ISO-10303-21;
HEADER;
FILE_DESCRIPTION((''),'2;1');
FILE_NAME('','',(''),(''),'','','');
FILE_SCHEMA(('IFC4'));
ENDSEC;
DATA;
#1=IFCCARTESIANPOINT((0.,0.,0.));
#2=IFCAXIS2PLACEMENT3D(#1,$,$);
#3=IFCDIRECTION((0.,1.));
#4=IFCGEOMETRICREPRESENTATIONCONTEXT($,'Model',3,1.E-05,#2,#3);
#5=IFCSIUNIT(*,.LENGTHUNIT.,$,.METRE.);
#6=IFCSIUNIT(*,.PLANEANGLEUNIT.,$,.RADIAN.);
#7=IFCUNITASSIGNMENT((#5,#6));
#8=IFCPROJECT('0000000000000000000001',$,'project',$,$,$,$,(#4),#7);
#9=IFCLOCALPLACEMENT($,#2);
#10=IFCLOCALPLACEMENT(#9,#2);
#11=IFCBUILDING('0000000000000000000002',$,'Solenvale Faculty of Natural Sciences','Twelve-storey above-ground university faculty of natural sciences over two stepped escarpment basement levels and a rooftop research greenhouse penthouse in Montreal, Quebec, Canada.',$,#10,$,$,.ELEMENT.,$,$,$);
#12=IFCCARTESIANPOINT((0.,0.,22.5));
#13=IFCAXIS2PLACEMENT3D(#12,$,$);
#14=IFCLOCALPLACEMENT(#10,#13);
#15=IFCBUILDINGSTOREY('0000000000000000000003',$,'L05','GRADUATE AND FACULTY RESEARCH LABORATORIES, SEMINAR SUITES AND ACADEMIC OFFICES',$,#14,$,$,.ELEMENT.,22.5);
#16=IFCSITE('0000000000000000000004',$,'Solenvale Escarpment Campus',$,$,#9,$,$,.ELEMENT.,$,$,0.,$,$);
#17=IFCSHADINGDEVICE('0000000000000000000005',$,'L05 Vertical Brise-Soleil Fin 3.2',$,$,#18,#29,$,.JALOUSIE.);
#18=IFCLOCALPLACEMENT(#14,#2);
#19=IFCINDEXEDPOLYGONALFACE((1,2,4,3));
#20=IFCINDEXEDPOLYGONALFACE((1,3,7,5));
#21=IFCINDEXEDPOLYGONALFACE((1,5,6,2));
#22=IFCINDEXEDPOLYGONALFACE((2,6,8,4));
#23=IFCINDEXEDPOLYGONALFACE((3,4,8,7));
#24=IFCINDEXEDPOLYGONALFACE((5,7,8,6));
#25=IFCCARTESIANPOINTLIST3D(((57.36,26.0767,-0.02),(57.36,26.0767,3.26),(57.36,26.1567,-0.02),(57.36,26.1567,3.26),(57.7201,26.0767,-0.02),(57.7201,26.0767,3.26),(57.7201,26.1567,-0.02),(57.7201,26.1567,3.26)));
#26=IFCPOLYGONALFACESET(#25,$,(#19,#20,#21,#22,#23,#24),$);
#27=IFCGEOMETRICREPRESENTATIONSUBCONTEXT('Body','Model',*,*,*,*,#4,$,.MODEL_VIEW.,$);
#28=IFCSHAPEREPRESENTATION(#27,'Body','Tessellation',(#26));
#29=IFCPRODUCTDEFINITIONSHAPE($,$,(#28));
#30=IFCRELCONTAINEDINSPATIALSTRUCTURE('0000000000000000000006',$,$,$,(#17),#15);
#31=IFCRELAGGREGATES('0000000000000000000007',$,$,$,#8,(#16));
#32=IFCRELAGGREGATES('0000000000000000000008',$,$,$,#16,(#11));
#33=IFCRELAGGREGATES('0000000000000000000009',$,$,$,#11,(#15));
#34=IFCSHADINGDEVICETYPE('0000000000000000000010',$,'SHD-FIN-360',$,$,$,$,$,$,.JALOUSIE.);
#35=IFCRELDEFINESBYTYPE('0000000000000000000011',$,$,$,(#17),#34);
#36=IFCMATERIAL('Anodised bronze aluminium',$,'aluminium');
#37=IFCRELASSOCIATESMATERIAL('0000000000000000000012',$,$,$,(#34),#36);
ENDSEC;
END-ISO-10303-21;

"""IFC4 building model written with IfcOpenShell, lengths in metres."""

from ifc_helpers import new_model, si_unit, direction, frame, origin, origin_2d, place, context, subcontext, project, spatial, rectangle, extrude, material, material_profile, profile_set, type_object, element, save


model = new_model("IFC4")

# Units and contexts
model_context = context("Model", 3, precision=1e-05, world=origin(), true_north=direction((0.0, 1.0)))
body_context = subcontext(model_context, "Body", "Model", "MODEL_VIEW")
ifc_project = project(units=[si_unit("LENGTHUNIT", "METRE"), si_unit("PLANEANGLEUNIT", "RADIAN")], contexts=[model_context])

# Site, building, storey
site_placement = place(None, origin())
site = spatial("IfcSite", under=ifc_project, at=site_placement, Name="Solenvale Escarpment Campus", CompositionType="ELEMENT", RefElevation=0.0)
building_placement = place(site_placement, origin())
building = spatial("IfcBuilding", under=site, at=building_placement, Name="Solenvale Faculty of Natural Sciences", Description="Twelve-storey above-ground university faculty of natural sciences over two stepped escarpment basement levels and a rooftop research greenhouse penthouse in Montreal, Quebec, Canada.", CompositionType="ELEMENT")
storey_placement = place(building_placement, frame((0.0, 0.0, 22.5)))
storey = spatial("IfcBuildingStorey", under=building, at=storey_placement, Name="L05", Description="GRADUATE AND FACULTY RESEARCH LABORATORIES, SEMINAR SUITES AND ACADEMIC OFFICES", CompositionType="ELEMENT", Elevation=22.5)

# Shared definitions
ifc_material_1 = material(Name="Anodised bronze aluminium", Category="aluminium")

# Shading device
ifc_material_profile_1 = material_profile(ifc_material_1, rectangle(XDim=0.0801, YDim=0.3601, at=origin_2d()), Name="ALU-FIN-80x360")
ifc_profile_set_1 = profile_set([ifc_material_profile_1], Name="Anodised bronze aluminium")
shading_device_type = type_object("IfcShadingDeviceType", Name="SHD-FIN-360", PredefinedType="JALOUSIE", material=ifc_profile_set_1)
shading_device_placement = place(storey_placement, frame((57.54, 26.1167, -0.02), z_axis=(0.0, 0.0, 1.0), x_axis=(0.0, 1.0, 0.0)))
element("IfcShadingDevice", 1, at=shading_device_placement, inside=storey, type_object=shading_device_type, Name="L05 Vertical Brise-Soleil Fin 3.2", PredefinedType="JALOUSIE", context=body_context, shape_type="SweptSolid", body=[
    extrude(rectangle(XDim=0.0801, YDim=0.3601, at=origin_2d()), origin(), (0.0, 0.0, 1.0), 3.28),
])

save(model, "model.ifc")
